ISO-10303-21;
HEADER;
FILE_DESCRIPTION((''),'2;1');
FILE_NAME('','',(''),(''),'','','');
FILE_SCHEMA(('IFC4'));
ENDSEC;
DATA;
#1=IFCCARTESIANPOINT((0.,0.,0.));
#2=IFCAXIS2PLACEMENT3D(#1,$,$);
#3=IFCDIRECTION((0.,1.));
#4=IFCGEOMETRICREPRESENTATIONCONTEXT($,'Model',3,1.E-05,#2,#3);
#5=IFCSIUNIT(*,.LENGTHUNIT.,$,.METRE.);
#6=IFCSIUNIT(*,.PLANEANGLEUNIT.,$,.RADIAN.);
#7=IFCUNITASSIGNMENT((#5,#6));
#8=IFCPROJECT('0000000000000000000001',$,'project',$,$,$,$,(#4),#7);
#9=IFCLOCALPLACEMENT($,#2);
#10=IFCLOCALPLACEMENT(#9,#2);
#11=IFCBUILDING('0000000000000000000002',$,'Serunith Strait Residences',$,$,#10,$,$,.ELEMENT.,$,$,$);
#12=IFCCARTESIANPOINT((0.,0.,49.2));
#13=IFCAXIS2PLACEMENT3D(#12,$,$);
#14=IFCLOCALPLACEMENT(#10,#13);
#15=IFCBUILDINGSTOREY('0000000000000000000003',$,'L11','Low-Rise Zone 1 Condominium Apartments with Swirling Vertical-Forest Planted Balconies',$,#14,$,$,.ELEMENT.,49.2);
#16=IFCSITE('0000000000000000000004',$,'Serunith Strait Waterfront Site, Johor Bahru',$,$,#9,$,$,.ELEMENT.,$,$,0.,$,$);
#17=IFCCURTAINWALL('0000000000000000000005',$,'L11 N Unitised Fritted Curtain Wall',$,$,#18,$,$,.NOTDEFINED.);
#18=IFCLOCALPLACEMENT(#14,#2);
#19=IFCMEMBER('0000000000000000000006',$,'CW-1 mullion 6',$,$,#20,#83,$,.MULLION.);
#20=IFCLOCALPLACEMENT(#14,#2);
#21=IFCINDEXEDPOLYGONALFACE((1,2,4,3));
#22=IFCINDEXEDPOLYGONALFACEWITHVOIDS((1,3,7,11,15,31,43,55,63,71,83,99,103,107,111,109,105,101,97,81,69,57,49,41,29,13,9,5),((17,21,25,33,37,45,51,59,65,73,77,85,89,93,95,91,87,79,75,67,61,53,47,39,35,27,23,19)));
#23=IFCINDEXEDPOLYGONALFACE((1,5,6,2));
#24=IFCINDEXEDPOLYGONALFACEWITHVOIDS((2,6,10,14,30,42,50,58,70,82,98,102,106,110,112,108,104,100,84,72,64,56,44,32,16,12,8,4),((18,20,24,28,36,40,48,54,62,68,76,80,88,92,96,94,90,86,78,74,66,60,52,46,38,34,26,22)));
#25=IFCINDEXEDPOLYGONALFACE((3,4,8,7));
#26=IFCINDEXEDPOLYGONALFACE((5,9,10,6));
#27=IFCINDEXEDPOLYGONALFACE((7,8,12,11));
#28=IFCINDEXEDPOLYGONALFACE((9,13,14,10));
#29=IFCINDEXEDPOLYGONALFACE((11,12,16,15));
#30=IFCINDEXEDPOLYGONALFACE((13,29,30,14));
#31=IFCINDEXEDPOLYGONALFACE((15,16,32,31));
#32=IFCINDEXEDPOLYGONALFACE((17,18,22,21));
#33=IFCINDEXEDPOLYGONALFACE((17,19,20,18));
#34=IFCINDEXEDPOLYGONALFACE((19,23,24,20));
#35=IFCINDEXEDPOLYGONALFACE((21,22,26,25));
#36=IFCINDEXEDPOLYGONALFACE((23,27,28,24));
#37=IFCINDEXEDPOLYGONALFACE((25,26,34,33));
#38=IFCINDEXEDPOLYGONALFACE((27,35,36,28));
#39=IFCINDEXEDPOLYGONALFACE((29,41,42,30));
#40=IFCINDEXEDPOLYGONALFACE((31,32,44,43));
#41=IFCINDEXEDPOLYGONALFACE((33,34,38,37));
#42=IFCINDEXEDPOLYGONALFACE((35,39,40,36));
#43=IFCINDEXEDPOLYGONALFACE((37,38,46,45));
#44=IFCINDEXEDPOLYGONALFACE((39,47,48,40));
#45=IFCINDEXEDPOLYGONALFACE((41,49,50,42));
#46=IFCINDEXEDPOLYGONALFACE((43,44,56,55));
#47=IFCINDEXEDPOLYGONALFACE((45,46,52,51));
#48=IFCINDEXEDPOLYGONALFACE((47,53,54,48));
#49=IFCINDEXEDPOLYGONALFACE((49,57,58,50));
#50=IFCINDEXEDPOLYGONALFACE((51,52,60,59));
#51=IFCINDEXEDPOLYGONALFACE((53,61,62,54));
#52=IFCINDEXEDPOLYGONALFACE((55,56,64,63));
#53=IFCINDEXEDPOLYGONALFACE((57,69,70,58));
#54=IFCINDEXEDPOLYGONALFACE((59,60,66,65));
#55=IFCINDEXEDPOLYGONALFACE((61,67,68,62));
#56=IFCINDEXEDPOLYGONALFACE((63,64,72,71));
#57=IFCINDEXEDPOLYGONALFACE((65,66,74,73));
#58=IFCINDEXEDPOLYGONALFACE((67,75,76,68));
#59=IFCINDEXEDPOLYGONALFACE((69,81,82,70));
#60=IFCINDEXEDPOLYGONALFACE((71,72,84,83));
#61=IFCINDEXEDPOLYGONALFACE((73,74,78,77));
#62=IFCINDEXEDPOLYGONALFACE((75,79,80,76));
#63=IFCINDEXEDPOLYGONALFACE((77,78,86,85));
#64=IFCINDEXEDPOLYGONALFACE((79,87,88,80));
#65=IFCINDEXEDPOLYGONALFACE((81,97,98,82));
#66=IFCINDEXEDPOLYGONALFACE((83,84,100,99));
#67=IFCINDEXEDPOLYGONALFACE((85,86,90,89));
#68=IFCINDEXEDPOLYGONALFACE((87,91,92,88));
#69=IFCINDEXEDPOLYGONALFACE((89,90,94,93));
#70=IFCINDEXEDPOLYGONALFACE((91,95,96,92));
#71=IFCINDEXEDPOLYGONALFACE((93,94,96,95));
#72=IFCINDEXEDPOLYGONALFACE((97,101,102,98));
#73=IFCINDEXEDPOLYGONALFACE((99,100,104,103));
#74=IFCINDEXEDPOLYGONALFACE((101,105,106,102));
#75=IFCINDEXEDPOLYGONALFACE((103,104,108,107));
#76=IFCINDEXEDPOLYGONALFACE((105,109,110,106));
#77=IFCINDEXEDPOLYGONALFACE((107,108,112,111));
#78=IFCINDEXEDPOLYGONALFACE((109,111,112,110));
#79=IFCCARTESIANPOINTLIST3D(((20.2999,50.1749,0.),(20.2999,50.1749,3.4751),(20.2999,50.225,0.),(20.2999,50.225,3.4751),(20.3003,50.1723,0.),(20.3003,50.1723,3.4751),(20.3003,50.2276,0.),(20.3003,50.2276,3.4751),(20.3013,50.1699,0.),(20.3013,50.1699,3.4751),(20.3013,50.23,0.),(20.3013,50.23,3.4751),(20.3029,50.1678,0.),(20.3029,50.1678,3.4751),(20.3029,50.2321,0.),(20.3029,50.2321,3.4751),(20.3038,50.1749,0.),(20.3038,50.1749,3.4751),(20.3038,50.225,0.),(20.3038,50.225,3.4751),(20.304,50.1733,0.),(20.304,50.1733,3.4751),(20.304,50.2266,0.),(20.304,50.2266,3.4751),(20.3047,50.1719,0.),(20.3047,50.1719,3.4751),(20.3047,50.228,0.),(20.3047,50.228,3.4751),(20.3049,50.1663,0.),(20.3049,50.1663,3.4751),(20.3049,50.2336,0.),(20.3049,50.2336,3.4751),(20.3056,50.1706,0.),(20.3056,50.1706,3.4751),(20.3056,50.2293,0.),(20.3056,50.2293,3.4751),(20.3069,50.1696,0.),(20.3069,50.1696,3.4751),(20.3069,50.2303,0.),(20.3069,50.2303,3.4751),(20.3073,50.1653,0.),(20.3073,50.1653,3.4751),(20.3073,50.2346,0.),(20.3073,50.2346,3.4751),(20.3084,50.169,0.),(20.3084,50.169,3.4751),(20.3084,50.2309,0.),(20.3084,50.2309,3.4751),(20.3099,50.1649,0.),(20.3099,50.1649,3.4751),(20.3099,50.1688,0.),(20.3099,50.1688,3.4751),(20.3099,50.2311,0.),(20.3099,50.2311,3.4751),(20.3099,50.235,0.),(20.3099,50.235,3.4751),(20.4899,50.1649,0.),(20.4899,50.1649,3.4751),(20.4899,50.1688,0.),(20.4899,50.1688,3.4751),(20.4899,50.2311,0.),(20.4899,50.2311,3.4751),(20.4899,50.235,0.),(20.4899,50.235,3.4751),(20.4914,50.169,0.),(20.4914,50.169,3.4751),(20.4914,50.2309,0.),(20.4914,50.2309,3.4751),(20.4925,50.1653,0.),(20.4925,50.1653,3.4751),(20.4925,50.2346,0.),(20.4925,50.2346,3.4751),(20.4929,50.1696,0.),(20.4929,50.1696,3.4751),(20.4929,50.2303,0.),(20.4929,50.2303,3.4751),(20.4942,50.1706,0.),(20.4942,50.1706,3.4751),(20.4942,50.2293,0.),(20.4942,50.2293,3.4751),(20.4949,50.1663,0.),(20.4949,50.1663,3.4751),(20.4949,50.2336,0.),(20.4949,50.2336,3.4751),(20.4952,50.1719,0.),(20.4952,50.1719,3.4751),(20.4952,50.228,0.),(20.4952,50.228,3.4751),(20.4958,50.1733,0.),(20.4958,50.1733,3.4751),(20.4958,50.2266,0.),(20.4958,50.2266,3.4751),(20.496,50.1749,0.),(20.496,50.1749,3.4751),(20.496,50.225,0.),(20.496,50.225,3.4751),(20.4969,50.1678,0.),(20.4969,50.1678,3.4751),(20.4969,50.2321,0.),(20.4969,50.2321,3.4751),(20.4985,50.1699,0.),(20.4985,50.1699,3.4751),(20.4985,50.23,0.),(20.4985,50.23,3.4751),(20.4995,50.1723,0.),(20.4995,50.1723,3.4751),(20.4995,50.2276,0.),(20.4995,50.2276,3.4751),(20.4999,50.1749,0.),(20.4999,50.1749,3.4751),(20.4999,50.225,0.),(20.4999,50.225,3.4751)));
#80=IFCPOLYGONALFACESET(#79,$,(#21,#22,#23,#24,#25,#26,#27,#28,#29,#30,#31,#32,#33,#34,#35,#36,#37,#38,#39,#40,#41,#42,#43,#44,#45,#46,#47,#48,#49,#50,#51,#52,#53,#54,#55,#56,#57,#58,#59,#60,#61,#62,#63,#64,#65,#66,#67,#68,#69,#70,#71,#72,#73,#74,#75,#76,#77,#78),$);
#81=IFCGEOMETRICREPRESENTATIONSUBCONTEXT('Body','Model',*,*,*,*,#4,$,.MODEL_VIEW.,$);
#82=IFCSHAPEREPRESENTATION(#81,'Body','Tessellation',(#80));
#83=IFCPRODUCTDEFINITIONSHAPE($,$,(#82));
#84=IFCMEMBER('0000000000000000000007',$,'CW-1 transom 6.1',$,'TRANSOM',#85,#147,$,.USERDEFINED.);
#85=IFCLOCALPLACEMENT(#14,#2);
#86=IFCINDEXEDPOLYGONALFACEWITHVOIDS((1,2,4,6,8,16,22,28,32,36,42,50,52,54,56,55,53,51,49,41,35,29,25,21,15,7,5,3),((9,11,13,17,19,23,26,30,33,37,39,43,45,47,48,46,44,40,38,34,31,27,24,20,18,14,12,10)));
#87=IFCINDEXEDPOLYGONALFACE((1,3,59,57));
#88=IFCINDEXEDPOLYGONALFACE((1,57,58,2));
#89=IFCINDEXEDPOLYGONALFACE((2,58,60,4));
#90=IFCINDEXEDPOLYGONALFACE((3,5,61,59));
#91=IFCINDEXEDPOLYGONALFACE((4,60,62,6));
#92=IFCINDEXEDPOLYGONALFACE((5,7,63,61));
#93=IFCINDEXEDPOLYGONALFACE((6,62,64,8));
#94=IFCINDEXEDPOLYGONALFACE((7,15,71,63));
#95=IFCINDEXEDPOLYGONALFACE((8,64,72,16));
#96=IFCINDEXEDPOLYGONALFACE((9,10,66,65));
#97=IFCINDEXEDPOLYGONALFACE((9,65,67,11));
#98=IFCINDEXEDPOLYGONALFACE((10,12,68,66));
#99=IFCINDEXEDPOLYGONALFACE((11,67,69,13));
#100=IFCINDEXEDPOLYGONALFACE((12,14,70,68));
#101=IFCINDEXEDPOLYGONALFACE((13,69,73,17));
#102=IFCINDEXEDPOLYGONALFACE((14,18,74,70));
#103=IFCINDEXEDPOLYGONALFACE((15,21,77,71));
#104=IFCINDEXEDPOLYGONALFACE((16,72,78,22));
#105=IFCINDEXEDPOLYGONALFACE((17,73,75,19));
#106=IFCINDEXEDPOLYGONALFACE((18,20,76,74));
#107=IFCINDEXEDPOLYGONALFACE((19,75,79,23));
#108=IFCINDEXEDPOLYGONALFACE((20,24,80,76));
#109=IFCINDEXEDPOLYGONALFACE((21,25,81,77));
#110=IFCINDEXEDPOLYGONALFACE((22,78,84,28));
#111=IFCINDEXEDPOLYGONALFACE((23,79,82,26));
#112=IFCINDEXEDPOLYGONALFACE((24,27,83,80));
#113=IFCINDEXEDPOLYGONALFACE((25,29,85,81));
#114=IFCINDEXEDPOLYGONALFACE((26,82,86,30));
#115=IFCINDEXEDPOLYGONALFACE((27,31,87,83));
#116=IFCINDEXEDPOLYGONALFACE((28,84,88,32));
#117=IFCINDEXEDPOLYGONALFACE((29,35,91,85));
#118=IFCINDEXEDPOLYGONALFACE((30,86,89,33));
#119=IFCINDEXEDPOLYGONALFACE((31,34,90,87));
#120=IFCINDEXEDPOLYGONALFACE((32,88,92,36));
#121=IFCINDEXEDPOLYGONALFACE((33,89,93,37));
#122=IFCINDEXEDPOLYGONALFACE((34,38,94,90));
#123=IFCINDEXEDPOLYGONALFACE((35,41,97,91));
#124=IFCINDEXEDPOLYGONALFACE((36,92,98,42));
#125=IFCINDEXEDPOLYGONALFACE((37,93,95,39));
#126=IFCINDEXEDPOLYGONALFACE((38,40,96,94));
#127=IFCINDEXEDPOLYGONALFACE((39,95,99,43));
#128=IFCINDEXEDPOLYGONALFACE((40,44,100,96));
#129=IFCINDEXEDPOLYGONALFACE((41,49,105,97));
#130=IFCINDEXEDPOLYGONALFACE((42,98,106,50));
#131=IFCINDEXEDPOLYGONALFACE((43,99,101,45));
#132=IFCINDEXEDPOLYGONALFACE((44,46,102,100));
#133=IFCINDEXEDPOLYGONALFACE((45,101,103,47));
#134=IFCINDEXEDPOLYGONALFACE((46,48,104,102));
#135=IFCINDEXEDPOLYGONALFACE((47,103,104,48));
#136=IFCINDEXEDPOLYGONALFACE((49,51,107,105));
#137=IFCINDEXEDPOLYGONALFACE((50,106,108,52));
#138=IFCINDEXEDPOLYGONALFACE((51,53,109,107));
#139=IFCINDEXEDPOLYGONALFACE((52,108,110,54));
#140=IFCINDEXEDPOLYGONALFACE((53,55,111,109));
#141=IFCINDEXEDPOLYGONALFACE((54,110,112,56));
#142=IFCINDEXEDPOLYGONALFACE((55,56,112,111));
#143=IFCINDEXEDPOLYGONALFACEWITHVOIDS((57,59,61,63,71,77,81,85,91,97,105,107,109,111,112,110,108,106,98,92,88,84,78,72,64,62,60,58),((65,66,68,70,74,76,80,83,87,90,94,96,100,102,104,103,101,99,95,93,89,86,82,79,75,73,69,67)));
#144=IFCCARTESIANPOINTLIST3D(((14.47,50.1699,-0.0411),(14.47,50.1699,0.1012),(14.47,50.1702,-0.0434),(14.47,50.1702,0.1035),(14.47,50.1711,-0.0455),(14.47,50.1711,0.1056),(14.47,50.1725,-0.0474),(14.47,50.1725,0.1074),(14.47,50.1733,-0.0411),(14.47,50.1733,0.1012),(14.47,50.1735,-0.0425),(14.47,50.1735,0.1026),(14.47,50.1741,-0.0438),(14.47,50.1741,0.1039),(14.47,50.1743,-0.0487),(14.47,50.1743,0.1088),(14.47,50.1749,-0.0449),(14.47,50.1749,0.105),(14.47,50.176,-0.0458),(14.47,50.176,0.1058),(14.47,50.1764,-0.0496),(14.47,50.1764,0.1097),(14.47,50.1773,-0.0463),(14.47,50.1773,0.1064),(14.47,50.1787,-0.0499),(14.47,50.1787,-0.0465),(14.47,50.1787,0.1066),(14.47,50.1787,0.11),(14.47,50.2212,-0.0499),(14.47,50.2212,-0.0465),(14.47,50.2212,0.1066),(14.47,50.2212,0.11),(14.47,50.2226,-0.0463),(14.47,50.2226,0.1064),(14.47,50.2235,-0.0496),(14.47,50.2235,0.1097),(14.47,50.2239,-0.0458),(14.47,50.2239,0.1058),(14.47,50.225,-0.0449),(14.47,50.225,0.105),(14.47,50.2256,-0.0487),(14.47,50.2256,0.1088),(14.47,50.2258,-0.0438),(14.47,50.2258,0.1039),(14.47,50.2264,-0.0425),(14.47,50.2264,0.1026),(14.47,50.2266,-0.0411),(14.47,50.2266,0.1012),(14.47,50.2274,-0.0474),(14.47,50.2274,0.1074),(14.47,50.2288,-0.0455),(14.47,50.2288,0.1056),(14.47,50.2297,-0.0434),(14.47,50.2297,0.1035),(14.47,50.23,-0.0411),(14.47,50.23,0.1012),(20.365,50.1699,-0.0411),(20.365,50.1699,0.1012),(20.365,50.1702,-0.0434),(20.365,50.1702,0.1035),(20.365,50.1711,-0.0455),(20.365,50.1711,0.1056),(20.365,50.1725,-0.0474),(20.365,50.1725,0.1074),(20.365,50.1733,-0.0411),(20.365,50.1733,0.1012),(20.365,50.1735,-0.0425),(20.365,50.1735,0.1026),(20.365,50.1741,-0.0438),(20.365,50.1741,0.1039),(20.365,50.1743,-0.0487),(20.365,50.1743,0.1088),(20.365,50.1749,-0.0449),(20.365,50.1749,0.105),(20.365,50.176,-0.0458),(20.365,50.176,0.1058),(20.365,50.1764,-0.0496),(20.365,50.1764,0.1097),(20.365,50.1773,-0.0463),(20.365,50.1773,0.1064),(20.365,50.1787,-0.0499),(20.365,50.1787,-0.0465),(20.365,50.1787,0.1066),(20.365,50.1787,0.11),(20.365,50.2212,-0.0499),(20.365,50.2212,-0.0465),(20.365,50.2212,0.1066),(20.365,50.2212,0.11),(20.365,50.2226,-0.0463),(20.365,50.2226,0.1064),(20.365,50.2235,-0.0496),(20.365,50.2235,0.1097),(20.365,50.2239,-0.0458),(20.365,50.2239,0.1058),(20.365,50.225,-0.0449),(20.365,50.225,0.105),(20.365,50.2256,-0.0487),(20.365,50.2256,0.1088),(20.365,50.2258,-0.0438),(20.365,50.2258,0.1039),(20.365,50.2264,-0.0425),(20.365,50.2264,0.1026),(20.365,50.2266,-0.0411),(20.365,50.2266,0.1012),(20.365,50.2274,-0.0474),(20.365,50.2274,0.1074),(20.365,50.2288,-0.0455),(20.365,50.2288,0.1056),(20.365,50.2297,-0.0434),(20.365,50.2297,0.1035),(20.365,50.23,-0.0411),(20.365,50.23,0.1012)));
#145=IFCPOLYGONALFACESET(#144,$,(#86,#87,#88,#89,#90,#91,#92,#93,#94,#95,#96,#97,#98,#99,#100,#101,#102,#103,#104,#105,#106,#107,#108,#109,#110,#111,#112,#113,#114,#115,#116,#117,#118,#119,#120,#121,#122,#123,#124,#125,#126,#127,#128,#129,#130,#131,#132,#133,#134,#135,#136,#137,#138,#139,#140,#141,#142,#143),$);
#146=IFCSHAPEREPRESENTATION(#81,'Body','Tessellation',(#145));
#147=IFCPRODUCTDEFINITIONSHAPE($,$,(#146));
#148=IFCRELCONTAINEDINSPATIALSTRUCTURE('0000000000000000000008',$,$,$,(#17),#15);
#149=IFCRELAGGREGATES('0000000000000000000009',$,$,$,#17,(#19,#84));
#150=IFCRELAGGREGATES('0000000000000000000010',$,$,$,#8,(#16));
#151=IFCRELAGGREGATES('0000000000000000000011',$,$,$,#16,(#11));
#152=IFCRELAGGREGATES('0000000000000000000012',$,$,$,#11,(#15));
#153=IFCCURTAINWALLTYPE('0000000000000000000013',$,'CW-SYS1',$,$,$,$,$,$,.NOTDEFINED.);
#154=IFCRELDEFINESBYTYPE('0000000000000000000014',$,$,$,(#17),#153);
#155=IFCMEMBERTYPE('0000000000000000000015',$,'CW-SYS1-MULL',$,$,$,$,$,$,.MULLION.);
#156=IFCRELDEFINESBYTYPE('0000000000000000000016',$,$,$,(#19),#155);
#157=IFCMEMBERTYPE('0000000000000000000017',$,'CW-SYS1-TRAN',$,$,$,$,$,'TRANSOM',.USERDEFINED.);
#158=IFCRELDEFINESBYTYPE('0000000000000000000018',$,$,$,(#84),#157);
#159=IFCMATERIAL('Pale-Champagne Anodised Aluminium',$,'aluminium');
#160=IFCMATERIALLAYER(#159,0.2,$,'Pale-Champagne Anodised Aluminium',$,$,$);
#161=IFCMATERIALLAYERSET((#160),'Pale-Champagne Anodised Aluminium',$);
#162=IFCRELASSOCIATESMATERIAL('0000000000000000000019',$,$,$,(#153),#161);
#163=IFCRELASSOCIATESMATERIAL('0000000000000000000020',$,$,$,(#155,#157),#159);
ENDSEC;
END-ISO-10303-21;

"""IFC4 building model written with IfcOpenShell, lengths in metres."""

from ifc_helpers import new_model, si_unit, direction, frame, origin, origin_2d, place, context, subcontext, project, spatial, hollow_rectangle, extrude, source, transform, mapped, material, layer, layer_set, material_profile, profile_set, type_object, element, aggregate, save


model = new_model("IFC4")

# Units and contexts
model_context = context("Model", 3, precision=1e-05, world=origin(), true_north=direction((0.0, 1.0)))
body_context = subcontext(model_context, "Body", "Model", "MODEL_VIEW")
ifc_project = project(units=[si_unit("LENGTHUNIT", "METRE"), si_unit("PLANEANGLEUNIT", "RADIAN")], contexts=[model_context])

# Site, building, storey
site_placement = place(None, origin())
site = spatial("IfcSite", under=ifc_project, at=site_placement, Name="Serunith Strait Waterfront Site, Johor Bahru", CompositionType="ELEMENT", RefElevation=0.0)
building_placement = place(site_placement, origin())
building = spatial("IfcBuilding", under=site, at=building_placement, Name="Serunith Strait Residences", CompositionType="ELEMENT")
storey_placement = place(building_placement, frame((0.0, 0.0, 49.2)))
storey = spatial("IfcBuildingStorey", under=building, at=storey_placement, Name="L11", Description="Low-Rise Zone 1 Condominium Apartments with Swirling Vertical-Forest Planted Balconies", CompositionType="ELEMENT", Elevation=49.2)

# Curtain wall, members
ifc_material_1 = material(Name="Pale-Champagne Anodised Aluminium", Category="aluminium")
ifc_layer_1 = layer(ifc_material_1, 0.2, Name="Pale-Champagne Anodised Aluminium")
ifc_layer_set_1 = layer_set([ifc_layer_1], Name="Pale-Champagne Anodised Aluminium")
curtain_wall_type = type_object("IfcCurtainWallType", Name="CW-SYS1", PredefinedType="NOTDEFINED", material=ifc_layer_set_1)
curtain_wall_placement = place(storey_placement, origin())
curtain_wall = element("IfcCurtainWall", 1, at=curtain_wall_placement, inside=storey, type_object=curtain_wall_type, Name="L11 N Unitised Fritted Curtain Wall", PredefinedType="NOTDEFINED")
ifc_material_profile_1 = material_profile(ifc_material_1, hollow_rectangle(XDim=0.0701, YDim=0.2, WallThickness=0.0039, InnerFilletRadius=0.0061, OuterFilletRadius=0.01, at=origin_2d()), Name="ALU 200x70x4")
ifc_profile_set_1 = profile_set([ifc_material_profile_1], Name="Pale-Champagne Anodised Aluminium")
member_type_1 = type_object("IfcMemberType", Name="CW-SYS1-MULL", PredefinedType="MULLION", material=ifc_profile_set_1)
shared_shape_1 = source(origin(), body_context, "Body", "SweptSolid", [
    extrude(hollow_rectangle(XDim=0.0701, YDim=0.2, WallThickness=0.0039, InnerFilletRadius=0.0061, OuterFilletRadius=0.01, at=origin_2d()), origin(), (0.0, 0.0, 1.0), 3.4751),
])
member_1_placement = place(storey_placement, frame((20.3999, 50.2, 0.0), z_axis=(0.0, 0.0, 1.0), x_axis=(0.0, -1.0, 0.0)))
member_1 = element("IfcMember", 2, at=member_1_placement, type_object=member_type_1, Name="CW-1 mullion 6", PredefinedType="MULLION", context=body_context, shape_type="MappedRepresentation", body=[
    mapped(shared_shape_1, transform((0.0, 0.0, 0.0), scale=1.0)),
])
ifc_material_profile_2 = material_profile(ifc_material_1, hollow_rectangle(XDim=0.0601, YDim=0.1599, WallThickness=0.0034, InnerFilletRadius=0.0054, OuterFilletRadius=0.0088, at=origin_2d()), Name="ALU 160x60x3.5")
ifc_profile_set_2 = profile_set([ifc_material_profile_2], Name="Pale-Champagne Anodised Aluminium")
member_type_2 = type_object("IfcMemberType", Name="CW-SYS1-TRAN", ElementType="TRANSOM", PredefinedType="USERDEFINED", material=ifc_profile_set_2)
shared_shape_2 = source(origin(), body_context, "Body", "SweptSolid", [
    extrude(hollow_rectangle(XDim=0.0601, YDim=0.1599, WallThickness=0.0034, InnerFilletRadius=0.0054, OuterFilletRadius=0.0088, at=origin_2d()), origin(), (0.0, 0.0, 1.0), 5.895),
])
member_2_placement = place(storey_placement, frame((20.365, 50.2, 0.03), z_axis=(-1.0, 0.0, 0.0), x_axis=(0.0, -1.0, 0.0)))
member_2 = element("IfcMember", 3, at=member_2_placement, type_object=member_type_2, Name="CW-1 transom 6.1", ObjectType="TRANSOM", PredefinedType="USERDEFINED", context=body_context, shape_type="MappedRepresentation", body=[
    mapped(shared_shape_2, transform((0.0, 0.0, 0.0), scale=1.0)),
])
aggregate(curtain_wall, [member_1, member_2])

save(model, "model.ifc")
